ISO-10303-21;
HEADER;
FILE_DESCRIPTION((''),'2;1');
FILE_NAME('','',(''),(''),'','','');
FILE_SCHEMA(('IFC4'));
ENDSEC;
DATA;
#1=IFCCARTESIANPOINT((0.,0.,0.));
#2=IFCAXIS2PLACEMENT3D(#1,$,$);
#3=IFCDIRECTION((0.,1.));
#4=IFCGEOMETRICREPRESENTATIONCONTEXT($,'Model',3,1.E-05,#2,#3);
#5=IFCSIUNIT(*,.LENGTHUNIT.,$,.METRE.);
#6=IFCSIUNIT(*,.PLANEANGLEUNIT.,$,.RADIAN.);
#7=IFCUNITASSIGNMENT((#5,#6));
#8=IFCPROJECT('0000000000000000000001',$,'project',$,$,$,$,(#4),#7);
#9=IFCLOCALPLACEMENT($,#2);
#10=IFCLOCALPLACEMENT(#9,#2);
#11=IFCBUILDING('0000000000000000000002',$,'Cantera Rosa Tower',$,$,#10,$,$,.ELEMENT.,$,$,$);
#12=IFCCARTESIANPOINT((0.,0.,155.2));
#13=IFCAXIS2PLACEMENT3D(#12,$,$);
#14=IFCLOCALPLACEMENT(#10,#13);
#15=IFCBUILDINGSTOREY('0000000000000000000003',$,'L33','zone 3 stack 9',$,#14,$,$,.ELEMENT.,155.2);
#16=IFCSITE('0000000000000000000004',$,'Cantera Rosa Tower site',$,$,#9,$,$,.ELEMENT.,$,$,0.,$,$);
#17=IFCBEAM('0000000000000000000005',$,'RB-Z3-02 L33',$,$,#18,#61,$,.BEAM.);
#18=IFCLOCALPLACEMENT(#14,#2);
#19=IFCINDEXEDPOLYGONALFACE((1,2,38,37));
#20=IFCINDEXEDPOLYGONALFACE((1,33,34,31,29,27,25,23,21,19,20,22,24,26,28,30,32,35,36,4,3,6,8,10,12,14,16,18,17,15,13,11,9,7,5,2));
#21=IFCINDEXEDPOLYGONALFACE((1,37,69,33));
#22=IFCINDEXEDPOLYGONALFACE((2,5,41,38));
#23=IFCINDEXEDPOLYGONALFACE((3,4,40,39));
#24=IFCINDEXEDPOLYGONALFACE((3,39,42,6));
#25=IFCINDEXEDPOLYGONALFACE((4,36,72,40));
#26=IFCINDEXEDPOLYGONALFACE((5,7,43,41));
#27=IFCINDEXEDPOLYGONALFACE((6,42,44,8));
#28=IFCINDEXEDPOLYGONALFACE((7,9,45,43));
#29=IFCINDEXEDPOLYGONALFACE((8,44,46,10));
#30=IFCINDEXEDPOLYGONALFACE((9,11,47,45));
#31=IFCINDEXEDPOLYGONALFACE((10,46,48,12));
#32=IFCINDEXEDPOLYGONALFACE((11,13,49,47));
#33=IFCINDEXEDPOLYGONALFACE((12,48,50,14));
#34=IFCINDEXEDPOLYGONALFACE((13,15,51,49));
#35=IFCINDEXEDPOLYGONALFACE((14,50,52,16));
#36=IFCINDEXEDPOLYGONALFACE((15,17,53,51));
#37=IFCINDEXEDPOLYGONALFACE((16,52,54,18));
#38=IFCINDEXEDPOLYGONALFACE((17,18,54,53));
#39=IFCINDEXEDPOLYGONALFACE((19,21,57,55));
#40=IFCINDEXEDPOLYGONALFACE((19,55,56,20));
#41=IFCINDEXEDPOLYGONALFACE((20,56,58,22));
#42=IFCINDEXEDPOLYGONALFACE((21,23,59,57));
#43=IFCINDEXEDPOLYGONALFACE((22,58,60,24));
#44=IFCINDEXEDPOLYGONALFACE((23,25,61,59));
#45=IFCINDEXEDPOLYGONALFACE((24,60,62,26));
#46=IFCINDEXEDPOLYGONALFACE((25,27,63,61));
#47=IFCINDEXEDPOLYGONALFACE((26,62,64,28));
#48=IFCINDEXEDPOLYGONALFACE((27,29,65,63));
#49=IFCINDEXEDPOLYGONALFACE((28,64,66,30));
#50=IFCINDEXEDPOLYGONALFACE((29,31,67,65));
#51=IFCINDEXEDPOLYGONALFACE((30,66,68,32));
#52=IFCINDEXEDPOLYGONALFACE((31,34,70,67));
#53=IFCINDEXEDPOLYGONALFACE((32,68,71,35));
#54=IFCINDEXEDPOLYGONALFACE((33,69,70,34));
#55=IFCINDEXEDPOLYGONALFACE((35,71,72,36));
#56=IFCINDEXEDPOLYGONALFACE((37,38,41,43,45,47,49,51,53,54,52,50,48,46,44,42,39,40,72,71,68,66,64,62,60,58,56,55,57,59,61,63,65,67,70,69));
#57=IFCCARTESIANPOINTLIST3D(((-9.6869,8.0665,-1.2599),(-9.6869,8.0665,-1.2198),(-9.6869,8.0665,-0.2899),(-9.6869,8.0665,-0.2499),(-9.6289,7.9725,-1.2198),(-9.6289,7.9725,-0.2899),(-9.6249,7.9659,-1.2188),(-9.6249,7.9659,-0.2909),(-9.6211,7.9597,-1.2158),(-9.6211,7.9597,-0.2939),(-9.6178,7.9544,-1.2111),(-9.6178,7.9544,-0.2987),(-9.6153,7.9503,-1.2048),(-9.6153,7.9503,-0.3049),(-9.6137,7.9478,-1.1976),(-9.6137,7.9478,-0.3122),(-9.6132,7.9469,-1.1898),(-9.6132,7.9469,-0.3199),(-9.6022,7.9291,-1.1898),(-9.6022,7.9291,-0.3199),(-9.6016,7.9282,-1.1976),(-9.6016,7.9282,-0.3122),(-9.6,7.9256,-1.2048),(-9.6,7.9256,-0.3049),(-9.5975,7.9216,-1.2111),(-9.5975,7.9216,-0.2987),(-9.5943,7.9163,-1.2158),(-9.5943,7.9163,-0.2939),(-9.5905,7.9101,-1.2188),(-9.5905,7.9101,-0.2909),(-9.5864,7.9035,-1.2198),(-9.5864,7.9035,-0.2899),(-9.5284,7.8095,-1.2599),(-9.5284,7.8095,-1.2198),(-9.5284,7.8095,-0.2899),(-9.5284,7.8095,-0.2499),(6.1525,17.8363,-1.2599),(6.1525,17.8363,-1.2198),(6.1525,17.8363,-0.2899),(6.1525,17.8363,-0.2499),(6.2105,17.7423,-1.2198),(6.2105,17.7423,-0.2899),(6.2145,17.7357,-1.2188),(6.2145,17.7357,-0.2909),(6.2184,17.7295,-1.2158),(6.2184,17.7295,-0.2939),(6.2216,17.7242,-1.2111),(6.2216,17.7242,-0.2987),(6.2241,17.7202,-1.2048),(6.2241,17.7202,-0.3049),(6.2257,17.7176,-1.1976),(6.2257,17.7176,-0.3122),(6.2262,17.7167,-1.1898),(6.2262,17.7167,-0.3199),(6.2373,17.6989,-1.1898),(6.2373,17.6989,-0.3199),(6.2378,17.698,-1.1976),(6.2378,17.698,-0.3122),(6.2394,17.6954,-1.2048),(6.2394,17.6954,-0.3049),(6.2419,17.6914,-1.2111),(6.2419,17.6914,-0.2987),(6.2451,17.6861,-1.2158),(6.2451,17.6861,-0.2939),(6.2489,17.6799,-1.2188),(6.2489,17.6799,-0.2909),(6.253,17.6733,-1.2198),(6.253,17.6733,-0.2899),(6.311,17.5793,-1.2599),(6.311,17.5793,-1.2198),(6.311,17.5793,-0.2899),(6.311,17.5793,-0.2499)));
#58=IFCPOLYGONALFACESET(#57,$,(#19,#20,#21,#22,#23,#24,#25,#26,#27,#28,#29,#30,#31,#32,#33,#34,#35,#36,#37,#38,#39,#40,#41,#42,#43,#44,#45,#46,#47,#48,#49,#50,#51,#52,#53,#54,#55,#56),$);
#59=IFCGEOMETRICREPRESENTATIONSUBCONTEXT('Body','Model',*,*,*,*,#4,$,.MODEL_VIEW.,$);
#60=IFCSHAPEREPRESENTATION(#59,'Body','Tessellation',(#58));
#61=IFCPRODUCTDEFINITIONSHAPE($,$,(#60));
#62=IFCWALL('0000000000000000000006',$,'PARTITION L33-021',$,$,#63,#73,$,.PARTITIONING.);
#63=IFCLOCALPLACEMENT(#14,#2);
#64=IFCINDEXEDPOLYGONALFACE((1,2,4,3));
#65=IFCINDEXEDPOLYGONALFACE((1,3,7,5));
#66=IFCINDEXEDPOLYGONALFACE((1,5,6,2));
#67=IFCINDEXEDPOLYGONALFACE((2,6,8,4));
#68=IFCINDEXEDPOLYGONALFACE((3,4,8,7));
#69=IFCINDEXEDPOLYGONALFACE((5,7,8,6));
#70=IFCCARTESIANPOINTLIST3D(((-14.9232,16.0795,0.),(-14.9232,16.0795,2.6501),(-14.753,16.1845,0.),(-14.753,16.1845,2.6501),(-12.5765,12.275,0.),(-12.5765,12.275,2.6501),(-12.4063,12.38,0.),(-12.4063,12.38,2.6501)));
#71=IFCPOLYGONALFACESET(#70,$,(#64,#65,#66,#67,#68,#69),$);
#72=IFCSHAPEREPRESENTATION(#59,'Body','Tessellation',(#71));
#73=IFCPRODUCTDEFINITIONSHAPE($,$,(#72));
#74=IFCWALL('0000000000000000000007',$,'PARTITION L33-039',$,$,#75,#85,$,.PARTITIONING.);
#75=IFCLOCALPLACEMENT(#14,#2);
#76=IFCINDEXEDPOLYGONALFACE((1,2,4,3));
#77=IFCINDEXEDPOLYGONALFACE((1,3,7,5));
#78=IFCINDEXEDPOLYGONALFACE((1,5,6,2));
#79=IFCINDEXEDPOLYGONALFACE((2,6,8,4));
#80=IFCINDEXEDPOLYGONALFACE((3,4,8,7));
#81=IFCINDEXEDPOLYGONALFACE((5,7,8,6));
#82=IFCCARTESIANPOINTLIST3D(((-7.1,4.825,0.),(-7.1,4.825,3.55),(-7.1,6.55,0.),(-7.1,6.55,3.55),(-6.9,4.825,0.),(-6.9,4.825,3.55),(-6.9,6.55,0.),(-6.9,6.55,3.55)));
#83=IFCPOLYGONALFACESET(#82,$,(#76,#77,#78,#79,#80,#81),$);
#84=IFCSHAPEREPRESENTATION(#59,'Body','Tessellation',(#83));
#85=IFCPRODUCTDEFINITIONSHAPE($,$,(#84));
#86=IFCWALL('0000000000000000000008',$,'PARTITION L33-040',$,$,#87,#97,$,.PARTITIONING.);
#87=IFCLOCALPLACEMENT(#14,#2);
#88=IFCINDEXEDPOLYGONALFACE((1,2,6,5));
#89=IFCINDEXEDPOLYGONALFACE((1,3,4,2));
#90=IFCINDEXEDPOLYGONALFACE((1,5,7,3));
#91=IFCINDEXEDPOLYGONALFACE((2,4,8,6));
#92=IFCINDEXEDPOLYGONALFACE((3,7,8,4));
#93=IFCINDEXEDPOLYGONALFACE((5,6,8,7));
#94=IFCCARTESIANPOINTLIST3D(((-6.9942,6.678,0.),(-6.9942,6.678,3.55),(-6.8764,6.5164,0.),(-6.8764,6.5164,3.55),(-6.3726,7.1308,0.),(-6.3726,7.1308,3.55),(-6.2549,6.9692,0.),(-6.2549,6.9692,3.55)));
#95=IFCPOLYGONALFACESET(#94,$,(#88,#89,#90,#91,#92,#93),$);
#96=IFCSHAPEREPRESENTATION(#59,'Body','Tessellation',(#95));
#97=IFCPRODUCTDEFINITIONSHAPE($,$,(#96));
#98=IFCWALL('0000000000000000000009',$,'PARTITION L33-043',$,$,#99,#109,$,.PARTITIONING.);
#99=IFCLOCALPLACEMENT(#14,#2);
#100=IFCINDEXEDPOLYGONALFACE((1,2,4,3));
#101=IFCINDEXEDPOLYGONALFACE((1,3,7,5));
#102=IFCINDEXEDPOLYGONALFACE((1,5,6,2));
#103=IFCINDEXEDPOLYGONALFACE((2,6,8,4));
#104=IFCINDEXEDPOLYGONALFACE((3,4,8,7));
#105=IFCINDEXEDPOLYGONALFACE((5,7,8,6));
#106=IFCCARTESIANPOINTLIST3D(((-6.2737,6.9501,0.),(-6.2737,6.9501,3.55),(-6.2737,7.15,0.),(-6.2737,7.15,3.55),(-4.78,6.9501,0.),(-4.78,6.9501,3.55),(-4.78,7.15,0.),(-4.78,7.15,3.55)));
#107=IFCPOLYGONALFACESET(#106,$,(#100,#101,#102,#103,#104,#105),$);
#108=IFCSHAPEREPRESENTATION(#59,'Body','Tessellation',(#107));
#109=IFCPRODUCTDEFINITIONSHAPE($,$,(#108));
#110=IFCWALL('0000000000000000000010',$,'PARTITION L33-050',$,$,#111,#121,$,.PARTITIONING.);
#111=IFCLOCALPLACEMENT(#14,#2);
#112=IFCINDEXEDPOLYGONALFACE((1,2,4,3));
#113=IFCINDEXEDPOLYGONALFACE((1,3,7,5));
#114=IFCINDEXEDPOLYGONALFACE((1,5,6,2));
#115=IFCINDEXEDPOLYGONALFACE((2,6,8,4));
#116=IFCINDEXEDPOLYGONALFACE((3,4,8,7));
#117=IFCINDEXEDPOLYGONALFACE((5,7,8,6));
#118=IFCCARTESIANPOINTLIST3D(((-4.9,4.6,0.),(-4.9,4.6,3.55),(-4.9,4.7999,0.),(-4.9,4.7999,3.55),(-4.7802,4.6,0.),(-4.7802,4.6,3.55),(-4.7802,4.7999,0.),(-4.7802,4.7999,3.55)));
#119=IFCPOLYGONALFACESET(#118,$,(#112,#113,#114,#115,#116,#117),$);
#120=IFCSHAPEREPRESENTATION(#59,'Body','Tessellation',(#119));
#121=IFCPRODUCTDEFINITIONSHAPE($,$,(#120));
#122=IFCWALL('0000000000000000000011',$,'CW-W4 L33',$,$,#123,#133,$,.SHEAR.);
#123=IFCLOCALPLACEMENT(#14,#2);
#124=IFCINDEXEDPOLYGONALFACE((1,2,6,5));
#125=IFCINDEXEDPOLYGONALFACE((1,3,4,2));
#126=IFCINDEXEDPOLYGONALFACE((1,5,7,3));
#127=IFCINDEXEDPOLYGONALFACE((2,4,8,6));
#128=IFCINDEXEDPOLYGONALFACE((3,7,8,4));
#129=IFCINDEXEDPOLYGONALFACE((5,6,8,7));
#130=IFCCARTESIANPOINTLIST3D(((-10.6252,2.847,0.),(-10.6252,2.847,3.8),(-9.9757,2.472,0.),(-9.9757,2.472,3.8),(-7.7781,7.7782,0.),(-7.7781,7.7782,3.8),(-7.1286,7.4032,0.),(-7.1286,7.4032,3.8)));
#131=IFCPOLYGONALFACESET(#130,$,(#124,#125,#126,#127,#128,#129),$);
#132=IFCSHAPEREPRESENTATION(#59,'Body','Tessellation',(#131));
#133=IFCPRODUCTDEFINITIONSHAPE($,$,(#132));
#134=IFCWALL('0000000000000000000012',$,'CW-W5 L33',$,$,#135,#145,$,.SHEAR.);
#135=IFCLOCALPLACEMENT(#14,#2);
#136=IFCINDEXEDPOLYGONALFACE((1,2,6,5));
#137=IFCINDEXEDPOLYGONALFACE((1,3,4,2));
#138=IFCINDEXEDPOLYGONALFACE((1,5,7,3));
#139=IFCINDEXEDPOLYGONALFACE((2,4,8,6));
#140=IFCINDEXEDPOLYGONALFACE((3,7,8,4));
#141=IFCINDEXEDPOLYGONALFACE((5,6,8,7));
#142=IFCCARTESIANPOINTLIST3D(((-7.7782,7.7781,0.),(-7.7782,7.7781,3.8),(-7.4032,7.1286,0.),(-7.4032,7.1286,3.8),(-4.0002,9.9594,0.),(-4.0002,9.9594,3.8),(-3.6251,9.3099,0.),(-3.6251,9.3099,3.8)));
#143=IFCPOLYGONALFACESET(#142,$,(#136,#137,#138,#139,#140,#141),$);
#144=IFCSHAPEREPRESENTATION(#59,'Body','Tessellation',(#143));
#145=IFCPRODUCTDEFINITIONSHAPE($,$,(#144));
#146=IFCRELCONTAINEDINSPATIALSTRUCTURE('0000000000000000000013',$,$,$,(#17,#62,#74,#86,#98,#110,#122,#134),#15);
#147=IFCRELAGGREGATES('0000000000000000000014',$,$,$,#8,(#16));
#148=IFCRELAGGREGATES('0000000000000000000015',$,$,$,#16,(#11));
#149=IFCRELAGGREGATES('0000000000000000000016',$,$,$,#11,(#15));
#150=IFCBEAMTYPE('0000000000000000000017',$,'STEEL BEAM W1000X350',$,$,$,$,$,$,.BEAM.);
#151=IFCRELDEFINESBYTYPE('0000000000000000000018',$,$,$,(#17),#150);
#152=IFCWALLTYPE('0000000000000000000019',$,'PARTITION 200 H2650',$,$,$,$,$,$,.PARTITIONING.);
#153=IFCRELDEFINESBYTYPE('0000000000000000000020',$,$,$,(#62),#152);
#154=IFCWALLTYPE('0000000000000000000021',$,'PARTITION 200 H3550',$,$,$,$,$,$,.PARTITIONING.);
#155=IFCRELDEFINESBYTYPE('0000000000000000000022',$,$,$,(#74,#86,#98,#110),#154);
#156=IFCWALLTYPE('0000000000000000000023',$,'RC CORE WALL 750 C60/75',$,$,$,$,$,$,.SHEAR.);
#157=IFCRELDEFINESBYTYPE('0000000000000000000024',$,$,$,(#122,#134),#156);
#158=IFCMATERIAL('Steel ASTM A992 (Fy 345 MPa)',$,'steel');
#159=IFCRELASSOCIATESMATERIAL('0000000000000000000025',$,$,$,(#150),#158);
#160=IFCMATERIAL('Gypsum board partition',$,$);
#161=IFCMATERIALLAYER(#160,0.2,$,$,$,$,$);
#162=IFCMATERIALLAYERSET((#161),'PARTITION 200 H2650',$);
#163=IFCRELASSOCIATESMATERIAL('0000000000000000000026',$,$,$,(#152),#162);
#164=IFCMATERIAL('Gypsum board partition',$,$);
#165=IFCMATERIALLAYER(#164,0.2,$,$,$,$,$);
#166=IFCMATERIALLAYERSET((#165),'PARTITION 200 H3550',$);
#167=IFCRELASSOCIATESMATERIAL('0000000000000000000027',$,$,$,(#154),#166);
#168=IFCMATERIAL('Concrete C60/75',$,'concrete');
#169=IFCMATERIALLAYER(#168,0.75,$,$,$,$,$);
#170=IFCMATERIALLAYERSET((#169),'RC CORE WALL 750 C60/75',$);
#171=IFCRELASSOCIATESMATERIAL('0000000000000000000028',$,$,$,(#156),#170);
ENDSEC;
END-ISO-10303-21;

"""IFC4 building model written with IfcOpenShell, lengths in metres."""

from ifc_helpers import new_model, si_unit, direction, frame, frame_2d, origin, origin_2d, place, context, subcontext, project, spatial, rectangle, i_section, extrude, material, layer, layer_set, material_profile, profile_set, type_object, element, save


model = new_model("IFC4")

# Units and contexts
model_context = context("Model", 3, precision=1e-05, world=origin(), true_north=direction((0.0, 1.0)))
body_context = subcontext(model_context, "Body", "Model", "MODEL_VIEW")
ifc_project = project(units=[si_unit("LENGTHUNIT", "METRE"), si_unit("PLANEANGLEUNIT", "RADIAN")], contexts=[model_context])

# Site, building, storey
site_placement = place(None, origin())
site = spatial("IfcSite", under=ifc_project, at=site_placement, Name="Cantera Rosa Tower site", CompositionType="ELEMENT", RefElevation=0.0)
building_placement = place(site_placement, origin())
building = spatial("IfcBuilding", under=site, at=building_placement, Name="Cantera Rosa Tower", CompositionType="ELEMENT")
storey_placement = place(building_placement, frame((0.0, 0.0, 155.2)))
storey = spatial("IfcBuildingStorey", under=building, at=storey_placement, Name="L33", Description="zone 3 stack 9", CompositionType="ELEMENT", Elevation=155.2)

# Beam
ifc_material_1 = material(Name="Steel ASTM A992 (Fy 345 MPa)", Category="steel")
ifc_material_profile = material_profile(ifc_material_1, i_section(OverallWidth=0.302, OverallDepth=1.01, WebThickness=0.021, FlangeThickness=0.04, FilletRadius=0.03, at=origin_2d()), Name="W1000X350")
ifc_profile_set = profile_set([ifc_material_profile], Name="Steel ASTM A992 (Fy 345 MPa)")
beam_type = type_object("IfcBeamType", Name="STEEL BEAM W1000X350", PredefinedType="BEAM", material=ifc_profile_set)
beam_placement = place(storey_placement, frame((-9.6077, 7.938, -0.7549), z_axis=(0.851119, 0.524973, 0.0), x_axis=(-0.524973, 0.851119, 0.0)))
element("IfcBeam", 1, at=beam_placement, inside=storey, type_object=beam_type, Name="RB-Z3-02 L33", PredefinedType="BEAM", context=body_context, shape_type="SweptSolid", body=[
    extrude(i_section(OverallWidth=0.302, OverallDepth=1.01, WebThickness=0.021, FlangeThickness=0.04, FilletRadius=0.03, at=origin_2d()), origin(), (0.0, 0.0, 1.0), 18.6101),
])

# Walls
ifc_material_2 = material(Name="Gypsum board partition")
ifc_layer_1 = layer(ifc_material_2, 0.2)
ifc_layer_set_1 = layer_set([ifc_layer_1], Name="PARTITION 200 H2650")
wall_type_1 = type_object("IfcWallType", Name="PARTITION 200 H2650", PredefinedType="PARTITIONING", material=ifc_layer_set_1)
wall_1_placement = place(storey_placement, frame((-12.4915, 12.3276, 0.0), z_axis=(0.0, 0.0, 1.0), x_axis=(-0.524987, 0.85111, 0.0)))
element("IfcWall", 2, at=wall_1_placement, inside=storey, type_object=wall_type_1, Name="PARTITION L33-021", PredefinedType="PARTITIONING", context=body_context, shape_type="SweptSolid", body=[
    extrude(rectangle(XDim=4.47, YDim=0.2, at=frame_2d((2.2349, 0.0))), origin(), (0.0, 0.0, 1.0), 2.6501),
])
ifc_material_3 = material(Name="Gypsum board partition")
ifc_layer_2 = layer(ifc_material_3, 0.2)
ifc_layer_set_2 = layer_set([ifc_layer_2], Name="PARTITION 200 H3550")
wall_type_2 = type_object("IfcWallType", Name="PARTITION 200 H3550", PredefinedType="PARTITIONING", material=ifc_layer_set_2)
wall_2_placement = place(storey_placement, frame((-7.0, 4.825, 0.0), z_axis=(0.0, 0.0, 1.0), x_axis=(0.0, 1.0, 0.0)))
element("IfcWall", 3, at=wall_2_placement, inside=storey, type_object=wall_type_2, Name="PARTITION L33-039", PredefinedType="PARTITIONING", context=body_context, shape_type="SweptSolid", body=[
    extrude(rectangle(XDim=1.7251, YDim=0.2, at=frame_2d((0.8625, 0.0))), origin(), (0.0, 0.0, 1.0), 3.55),
])
wall_3_placement = place(storey_placement, frame((-6.9353, 6.5972, 0.0), z_axis=(0.0, 0.0, 1.0), x_axis=(0.808228, 0.58887, 0.0)))
element("IfcWall", 4, at=wall_3_placement, inside=storey, type_object=wall_type_2, Name="PARTITION L33-040", PredefinedType="PARTITIONING", context=body_context, shape_type="SweptSolid", body=[
    extrude(rectangle(XDim=0.769, YDim=0.2, at=frame_2d((0.3845, 0.0))), origin(), (0.0, 0.0, 1.0), 3.55),
])
wall_4_placement = place(storey_placement, frame((-6.2737, 7.05, 0.0), z_axis=(0.0, 0.0, 1.0), x_axis=(1.0, 0.0, 0.0)))
element("IfcWall", 5, at=wall_4_placement, inside=storey, type_object=wall_type_2, Name="PARTITION L33-043", PredefinedType="PARTITIONING", context=body_context, shape_type="SweptSolid", body=[
    extrude(rectangle(XDim=1.4937, YDim=0.2, at=frame_2d((0.7468, 0.0))), origin(), (0.0, 0.0, 1.0), 3.55),
])
wall_5_placement = place(storey_placement, frame((-4.78, 4.7, 0.0), z_axis=(0.0, 0.0, 1.0), x_axis=(-1.0, 0.0, 0.0)))
element("IfcWall", 6, at=wall_5_placement, inside=storey, type_object=wall_type_2, Name="PARTITION L33-050", PredefinedType="PARTITIONING", context=body_context, shape_type="SweptSolid", body=[
    extrude(rectangle(XDim=0.1199, YDim=0.2, at=frame_2d((0.0601, 0.0))), origin(), (0.0, 0.0, 1.0), 3.55),
])
ifc_material_4 = material(Name="Concrete C60/75", Category="concrete")
ifc_layer_3 = layer(ifc_material_4, 0.75)
ifc_layer_set_3 = layer_set([ifc_layer_3], Name="RC CORE WALL 750 C60/75")
wall_type_3 = type_object("IfcWallType", Name="RC CORE WALL 750 C60/75", PredefinedType="SHEAR", material=ifc_layer_set_3)
wall_6_placement = place(storey_placement, frame((-10.3005, 2.6594, 0.0), z_axis=(0.0, 0.0, 1.0), x_axis=(0.500022, 0.866013, 0.0)))
element("IfcWall", 7, at=wall_6_placement, inside=storey, type_object=wall_type_3, Name="CW-W4 L33", PredefinedType="SHEAR", context=body_context, shape_type="SweptSolid", body=[
    extrude(rectangle(XDim=5.6941, YDim=0.75, at=frame_2d((2.8472, 0.0))), origin(), (0.0, 0.0, 1.0), 3.8),
])
wall_7_placement = place(storey_placement, frame((-7.5906, 7.4534, 0.0), z_axis=(0.0, 0.0, 1.0), x_axis=(0.866013, 0.500021, 0.0)))
element("IfcWall", 8, at=wall_7_placement, inside=storey, type_object=wall_type_3, Name="CW-W5 L33", PredefinedType="SHEAR", context=body_context, shape_type="SweptSolid", body=[
    extrude(rectangle(XDim=4.3625, YDim=0.75, at=frame_2d((2.1812, 0.0))), origin(), (0.0, 0.0, 1.0), 3.8),
])

save(model, "model.ifc")
